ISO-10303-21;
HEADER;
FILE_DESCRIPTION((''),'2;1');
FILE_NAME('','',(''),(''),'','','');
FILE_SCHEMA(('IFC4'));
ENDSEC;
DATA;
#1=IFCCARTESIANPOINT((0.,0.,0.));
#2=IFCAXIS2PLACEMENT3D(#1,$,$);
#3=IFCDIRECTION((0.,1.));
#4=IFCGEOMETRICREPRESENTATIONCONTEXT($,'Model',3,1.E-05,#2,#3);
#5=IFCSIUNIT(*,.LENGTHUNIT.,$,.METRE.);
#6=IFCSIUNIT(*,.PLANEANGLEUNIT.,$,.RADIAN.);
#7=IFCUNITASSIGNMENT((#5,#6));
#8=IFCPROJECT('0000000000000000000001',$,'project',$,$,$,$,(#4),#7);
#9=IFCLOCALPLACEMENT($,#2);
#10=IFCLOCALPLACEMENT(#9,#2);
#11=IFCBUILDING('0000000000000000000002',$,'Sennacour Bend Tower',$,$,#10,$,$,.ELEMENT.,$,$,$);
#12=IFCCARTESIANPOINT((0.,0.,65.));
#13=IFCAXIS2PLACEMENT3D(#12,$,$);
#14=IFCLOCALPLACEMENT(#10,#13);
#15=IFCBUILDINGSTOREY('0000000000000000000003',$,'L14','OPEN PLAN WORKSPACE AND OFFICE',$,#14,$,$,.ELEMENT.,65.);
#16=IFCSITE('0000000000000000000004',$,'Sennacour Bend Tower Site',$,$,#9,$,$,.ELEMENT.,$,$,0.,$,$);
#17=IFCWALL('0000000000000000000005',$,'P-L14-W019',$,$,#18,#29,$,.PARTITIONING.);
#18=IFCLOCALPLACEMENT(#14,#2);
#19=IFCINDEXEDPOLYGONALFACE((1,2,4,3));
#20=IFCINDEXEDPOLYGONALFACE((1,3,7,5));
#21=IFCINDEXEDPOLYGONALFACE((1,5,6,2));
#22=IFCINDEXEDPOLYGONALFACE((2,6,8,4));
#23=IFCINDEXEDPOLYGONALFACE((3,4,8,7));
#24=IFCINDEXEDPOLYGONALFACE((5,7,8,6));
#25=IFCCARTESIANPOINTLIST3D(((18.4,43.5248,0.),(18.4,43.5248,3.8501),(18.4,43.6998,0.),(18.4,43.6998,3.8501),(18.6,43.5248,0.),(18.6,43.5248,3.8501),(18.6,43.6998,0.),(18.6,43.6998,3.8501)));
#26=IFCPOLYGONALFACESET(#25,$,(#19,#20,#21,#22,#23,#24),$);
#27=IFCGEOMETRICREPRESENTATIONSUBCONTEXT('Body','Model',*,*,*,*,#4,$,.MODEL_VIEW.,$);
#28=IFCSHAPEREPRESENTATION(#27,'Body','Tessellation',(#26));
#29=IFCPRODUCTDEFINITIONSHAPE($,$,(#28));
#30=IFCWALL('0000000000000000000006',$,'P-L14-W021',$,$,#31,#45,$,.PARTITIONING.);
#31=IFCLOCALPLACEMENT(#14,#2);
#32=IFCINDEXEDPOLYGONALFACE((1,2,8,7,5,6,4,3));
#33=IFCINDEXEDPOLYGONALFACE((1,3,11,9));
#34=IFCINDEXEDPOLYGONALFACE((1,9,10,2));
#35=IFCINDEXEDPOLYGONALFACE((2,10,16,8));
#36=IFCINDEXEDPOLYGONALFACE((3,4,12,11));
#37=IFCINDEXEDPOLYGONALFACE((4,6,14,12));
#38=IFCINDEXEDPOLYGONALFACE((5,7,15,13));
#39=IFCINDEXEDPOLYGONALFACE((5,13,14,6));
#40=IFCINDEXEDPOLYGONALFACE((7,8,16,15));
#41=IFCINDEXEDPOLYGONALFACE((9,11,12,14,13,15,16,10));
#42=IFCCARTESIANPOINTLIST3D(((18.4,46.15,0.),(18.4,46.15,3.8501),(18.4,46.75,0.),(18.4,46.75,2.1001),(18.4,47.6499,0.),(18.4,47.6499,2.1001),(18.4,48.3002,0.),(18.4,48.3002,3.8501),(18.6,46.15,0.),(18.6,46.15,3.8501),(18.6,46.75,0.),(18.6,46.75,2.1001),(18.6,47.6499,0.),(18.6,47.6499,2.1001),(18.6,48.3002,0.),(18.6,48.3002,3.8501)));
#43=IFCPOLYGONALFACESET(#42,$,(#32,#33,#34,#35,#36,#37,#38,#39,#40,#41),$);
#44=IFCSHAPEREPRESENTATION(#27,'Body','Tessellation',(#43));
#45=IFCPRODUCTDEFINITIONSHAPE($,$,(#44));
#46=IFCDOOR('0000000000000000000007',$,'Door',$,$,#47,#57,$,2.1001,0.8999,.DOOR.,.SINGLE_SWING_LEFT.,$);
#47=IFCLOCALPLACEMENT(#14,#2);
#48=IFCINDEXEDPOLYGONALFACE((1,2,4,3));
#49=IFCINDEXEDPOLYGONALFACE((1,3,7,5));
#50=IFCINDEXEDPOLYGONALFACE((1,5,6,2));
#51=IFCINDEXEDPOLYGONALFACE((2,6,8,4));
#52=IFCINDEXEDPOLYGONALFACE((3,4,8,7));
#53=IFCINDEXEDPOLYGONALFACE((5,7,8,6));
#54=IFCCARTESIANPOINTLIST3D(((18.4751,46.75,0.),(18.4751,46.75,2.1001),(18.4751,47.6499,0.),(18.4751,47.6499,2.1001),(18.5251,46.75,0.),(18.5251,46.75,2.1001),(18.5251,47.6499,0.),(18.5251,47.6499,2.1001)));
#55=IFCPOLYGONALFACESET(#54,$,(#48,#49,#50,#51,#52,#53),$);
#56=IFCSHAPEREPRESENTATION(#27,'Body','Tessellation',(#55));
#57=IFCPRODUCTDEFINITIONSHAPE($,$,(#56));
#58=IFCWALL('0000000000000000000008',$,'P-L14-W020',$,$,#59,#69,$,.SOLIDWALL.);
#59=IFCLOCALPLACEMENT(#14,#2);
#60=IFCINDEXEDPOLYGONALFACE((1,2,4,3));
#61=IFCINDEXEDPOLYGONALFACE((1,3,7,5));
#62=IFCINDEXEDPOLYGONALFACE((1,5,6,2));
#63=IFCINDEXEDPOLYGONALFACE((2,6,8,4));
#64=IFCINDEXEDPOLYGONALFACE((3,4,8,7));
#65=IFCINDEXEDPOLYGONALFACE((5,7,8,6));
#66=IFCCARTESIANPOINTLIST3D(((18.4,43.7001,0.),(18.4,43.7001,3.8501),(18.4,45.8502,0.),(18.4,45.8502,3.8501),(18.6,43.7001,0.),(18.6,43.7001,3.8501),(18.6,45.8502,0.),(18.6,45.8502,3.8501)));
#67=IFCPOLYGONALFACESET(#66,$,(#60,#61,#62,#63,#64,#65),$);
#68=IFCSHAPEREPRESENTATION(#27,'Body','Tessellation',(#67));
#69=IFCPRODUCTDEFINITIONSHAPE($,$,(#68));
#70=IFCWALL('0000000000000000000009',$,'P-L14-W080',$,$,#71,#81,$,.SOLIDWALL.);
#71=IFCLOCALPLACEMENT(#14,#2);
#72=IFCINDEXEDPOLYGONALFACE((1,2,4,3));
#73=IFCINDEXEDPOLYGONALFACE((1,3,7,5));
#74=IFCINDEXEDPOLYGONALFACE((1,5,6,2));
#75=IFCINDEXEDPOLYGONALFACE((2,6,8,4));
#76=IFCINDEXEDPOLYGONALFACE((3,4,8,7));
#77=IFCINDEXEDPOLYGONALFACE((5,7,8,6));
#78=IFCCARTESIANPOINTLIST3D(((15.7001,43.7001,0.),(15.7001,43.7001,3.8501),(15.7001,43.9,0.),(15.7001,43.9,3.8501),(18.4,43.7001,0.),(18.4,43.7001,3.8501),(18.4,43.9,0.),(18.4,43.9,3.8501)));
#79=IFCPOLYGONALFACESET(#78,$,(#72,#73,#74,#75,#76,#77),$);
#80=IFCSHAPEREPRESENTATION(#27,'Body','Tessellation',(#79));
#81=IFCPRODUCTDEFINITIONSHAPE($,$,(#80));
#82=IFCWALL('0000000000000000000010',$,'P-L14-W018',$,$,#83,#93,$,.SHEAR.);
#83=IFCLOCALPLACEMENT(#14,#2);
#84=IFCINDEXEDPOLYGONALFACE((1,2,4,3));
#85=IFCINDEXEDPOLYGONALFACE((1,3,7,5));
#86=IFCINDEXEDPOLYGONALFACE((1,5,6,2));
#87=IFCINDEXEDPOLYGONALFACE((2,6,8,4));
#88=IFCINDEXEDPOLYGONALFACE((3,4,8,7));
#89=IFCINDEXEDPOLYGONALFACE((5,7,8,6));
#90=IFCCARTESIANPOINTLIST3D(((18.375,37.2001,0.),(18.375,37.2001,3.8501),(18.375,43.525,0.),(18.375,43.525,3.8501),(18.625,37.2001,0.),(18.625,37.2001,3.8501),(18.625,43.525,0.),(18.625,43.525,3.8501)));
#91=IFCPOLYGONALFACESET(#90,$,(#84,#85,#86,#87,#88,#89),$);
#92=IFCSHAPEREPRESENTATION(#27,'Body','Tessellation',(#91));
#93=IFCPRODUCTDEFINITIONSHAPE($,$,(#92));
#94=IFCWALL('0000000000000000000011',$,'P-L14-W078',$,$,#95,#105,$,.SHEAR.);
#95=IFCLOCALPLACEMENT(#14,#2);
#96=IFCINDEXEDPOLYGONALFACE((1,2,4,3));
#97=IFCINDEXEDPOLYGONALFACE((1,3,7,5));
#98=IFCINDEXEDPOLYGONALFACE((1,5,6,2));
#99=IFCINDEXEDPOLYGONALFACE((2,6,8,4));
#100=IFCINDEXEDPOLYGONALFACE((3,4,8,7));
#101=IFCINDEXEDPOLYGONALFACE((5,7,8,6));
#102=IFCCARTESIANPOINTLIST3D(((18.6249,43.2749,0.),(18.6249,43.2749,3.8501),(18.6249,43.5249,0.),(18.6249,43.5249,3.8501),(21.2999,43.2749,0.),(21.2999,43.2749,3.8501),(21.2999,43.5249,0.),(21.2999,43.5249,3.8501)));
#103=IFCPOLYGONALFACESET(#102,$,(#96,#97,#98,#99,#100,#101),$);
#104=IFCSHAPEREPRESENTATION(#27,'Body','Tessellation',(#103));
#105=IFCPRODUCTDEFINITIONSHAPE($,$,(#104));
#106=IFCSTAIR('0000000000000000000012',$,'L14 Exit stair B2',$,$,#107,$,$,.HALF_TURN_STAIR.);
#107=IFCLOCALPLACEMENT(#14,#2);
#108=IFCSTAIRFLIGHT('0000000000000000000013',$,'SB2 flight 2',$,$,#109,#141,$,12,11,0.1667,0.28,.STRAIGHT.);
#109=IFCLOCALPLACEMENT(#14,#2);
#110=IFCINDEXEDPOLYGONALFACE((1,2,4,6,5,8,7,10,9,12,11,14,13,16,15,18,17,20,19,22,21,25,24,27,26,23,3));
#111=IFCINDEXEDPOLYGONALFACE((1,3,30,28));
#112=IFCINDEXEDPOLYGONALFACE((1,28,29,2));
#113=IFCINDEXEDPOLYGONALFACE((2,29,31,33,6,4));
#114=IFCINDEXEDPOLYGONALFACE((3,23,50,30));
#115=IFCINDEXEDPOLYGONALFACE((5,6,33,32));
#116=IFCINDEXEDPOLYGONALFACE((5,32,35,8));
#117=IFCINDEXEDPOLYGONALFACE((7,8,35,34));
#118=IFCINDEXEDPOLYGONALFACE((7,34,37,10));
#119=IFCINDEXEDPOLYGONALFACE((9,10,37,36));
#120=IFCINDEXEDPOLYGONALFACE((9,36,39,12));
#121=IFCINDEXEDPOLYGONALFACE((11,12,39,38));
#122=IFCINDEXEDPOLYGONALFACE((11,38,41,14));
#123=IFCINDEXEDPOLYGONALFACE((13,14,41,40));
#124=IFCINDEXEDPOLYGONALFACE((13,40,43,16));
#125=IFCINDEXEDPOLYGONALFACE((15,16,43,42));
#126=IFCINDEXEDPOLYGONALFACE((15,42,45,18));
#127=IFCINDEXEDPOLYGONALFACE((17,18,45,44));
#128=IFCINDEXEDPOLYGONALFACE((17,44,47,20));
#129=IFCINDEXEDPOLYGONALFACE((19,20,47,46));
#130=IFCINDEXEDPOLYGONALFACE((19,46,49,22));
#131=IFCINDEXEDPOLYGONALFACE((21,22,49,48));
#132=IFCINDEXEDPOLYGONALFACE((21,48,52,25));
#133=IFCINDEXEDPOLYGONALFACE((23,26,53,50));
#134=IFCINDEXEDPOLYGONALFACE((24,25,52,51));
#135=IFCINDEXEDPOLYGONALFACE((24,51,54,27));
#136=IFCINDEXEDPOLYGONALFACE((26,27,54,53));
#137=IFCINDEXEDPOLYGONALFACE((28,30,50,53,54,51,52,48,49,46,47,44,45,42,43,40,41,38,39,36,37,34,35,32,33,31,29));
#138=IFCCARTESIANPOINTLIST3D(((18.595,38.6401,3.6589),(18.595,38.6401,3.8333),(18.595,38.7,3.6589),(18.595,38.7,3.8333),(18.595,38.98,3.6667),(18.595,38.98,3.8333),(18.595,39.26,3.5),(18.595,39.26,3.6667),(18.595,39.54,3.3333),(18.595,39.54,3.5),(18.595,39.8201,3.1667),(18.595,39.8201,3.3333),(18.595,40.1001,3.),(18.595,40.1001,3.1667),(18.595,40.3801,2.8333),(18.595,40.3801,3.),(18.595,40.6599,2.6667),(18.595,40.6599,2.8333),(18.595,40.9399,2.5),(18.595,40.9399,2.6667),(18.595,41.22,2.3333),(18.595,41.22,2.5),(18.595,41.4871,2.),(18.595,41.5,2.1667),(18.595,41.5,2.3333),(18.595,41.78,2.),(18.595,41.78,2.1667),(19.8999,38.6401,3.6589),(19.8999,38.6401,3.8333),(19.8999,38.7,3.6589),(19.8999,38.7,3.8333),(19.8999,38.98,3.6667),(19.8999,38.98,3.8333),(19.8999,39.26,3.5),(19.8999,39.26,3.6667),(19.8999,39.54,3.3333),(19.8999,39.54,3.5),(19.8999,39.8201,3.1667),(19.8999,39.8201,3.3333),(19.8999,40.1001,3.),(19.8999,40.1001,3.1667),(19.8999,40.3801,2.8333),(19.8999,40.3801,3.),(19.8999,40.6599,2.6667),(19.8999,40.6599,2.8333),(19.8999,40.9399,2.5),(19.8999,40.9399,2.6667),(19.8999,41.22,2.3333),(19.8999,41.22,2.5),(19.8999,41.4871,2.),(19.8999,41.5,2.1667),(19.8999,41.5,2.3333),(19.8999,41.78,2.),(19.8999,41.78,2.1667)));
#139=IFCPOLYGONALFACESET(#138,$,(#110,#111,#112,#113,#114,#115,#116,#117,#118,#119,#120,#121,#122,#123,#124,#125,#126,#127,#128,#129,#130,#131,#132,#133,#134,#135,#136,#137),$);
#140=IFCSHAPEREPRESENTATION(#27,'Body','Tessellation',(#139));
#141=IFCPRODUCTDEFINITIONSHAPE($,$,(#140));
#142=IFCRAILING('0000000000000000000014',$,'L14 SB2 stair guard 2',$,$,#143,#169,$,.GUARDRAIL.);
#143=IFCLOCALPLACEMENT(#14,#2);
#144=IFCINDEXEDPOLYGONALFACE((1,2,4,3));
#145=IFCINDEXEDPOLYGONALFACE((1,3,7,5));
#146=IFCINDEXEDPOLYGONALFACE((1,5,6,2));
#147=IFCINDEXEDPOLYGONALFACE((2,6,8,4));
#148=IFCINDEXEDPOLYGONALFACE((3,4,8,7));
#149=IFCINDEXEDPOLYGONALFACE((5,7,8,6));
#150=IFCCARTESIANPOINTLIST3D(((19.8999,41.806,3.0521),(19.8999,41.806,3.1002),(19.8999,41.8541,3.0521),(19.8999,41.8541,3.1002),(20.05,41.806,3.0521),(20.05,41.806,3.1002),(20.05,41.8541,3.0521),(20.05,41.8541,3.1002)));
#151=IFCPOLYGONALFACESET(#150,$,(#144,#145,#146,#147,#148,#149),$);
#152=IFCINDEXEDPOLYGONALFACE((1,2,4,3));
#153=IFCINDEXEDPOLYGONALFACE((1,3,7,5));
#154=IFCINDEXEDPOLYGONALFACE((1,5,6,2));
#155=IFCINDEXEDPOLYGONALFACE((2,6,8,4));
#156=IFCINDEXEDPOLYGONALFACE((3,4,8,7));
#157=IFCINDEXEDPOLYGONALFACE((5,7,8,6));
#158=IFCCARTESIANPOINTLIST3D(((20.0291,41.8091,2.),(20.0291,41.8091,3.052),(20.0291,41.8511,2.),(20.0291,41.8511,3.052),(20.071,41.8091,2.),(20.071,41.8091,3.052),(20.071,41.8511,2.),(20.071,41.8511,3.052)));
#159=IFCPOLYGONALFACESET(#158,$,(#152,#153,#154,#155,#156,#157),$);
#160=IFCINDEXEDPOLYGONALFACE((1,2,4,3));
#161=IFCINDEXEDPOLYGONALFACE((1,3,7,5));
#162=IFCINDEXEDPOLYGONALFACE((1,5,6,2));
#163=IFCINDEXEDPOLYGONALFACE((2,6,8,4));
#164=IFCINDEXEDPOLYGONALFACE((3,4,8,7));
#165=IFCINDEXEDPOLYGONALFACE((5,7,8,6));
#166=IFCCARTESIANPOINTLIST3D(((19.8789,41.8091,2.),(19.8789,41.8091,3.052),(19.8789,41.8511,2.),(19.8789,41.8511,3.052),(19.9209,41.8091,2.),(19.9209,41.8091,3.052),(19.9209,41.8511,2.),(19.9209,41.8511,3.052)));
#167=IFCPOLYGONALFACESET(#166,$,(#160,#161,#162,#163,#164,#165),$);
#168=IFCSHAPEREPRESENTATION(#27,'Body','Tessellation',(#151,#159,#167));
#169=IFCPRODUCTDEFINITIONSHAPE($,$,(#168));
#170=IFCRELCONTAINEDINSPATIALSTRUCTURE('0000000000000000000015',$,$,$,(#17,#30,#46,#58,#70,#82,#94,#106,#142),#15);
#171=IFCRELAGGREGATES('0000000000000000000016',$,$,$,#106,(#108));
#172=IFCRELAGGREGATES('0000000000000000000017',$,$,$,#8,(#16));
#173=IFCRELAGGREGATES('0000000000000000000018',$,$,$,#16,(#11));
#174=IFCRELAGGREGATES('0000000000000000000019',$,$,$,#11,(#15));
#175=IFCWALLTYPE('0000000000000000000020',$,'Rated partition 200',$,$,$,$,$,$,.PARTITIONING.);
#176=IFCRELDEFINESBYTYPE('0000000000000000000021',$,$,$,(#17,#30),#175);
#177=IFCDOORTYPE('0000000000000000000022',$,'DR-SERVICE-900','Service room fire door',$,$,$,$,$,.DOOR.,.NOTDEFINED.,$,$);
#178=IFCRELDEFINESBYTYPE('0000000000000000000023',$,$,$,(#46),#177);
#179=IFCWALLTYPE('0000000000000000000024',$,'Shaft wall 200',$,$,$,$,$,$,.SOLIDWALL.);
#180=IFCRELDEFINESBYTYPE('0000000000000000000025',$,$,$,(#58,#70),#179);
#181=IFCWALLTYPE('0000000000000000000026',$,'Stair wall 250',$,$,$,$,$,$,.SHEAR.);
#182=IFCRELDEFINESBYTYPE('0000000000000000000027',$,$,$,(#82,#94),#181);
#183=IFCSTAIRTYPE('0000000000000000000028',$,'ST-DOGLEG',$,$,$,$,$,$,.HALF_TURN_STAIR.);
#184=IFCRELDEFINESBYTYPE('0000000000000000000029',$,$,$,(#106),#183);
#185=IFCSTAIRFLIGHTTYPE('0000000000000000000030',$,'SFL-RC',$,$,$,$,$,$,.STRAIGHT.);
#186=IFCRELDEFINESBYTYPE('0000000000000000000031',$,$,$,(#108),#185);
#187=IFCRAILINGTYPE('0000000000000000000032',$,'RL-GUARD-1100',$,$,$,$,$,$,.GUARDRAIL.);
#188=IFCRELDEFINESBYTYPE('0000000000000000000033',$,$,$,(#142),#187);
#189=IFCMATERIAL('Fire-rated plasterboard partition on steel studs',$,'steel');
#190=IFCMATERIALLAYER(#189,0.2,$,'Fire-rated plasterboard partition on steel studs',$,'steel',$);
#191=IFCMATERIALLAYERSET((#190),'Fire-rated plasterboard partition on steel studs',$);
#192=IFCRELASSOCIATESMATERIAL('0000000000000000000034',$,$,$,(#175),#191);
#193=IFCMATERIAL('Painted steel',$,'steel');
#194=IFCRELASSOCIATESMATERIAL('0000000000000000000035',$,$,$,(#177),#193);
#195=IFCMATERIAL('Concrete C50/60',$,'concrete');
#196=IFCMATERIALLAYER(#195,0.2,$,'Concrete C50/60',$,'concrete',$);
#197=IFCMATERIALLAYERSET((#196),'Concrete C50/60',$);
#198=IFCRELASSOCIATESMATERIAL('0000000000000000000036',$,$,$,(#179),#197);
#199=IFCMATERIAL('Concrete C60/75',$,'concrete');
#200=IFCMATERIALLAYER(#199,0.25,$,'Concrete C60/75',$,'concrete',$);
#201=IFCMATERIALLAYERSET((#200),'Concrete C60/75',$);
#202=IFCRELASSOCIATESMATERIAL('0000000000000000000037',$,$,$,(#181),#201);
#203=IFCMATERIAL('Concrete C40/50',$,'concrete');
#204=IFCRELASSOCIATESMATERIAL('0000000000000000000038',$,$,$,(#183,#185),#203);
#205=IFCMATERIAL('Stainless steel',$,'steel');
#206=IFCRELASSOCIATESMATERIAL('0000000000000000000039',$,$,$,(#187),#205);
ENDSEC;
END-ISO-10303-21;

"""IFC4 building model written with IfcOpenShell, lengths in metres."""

from ifc_helpers import new_model, si_unit, direction, frame, frame_2d, origin, origin_2d, place, context, subcontext, project, spatial, polyline, rectangle, outline, extrude, material, layer, layer_set, type_object, element, fill, aggregate, save


model = new_model("IFC4")

# Units and contexts
model_context = context("Model", 3, precision=1e-05, world=origin(), true_north=direction((0.0, 1.0)))
body_context = subcontext(model_context, "Body", "Model", "MODEL_VIEW")
ifc_project = project(units=[si_unit("LENGTHUNIT", "METRE"), si_unit("PLANEANGLEUNIT", "RADIAN")], contexts=[model_context])

# Site, building, storey
site_placement = place(None, origin())
site = spatial("IfcSite", under=ifc_project, at=site_placement, Name="Sennacour Bend Tower Site", CompositionType="ELEMENT", RefElevation=0.0)
building_placement = place(site_placement, origin())
building = spatial("IfcBuilding", under=site, at=building_placement, Name="Sennacour Bend Tower", CompositionType="ELEMENT")
storey_placement = place(building_placement, frame((0.0, 0.0, 65.0)))
storey = spatial("IfcBuildingStorey", under=building, at=storey_placement, Name="L14", Description="OPEN PLAN WORKSPACE AND OFFICE", CompositionType="ELEMENT", Elevation=65.0)

# Wall
ifc_material_1 = material(Name="Fire-rated plasterboard partition on steel studs", Category="steel")
ifc_layer_1 = layer(ifc_material_1, 0.2, Name="Fire-rated plasterboard partition on steel studs", Category="steel")
ifc_layer_set_1 = layer_set([ifc_layer_1], Name="Fire-rated plasterboard partition on steel studs")
wall_type_1 = type_object("IfcWallType", Name="Rated partition 200", PredefinedType="PARTITIONING", material=ifc_layer_set_1)
wall_1_placement = place(storey_placement, frame((18.5, 43.5249, 0.0), z_axis=(0.0, 0.0, 1.0), x_axis=(0.0, 1.0, 0.0)))
element("IfcWall", 1, at=wall_1_placement, inside=storey, type_object=wall_type_1, Name="P-L14-W019", PredefinedType="PARTITIONING", context=body_context, shape_type="SweptSolid", body=[
    extrude(rectangle(XDim=0.175, YDim=0.2, at=frame_2d((0.0874, 0.0))), origin(), (0.0, 0.0, 1.0), 3.8501),
])

# Wall, opening, door
wall_2_placement = place(storey_placement, frame((18.5, 46.1499, 0.0), z_axis=(0.0, 0.0, 1.0), x_axis=(0.0, 1.0, 0.0)))
wall_2 = element("IfcWall", 2, at=wall_2_placement, inside=storey, type_object=wall_type_1, Name="P-L14-W021", PredefinedType="PARTITIONING", context=body_context, shape_type="SweptSolid", body=[
    extrude(rectangle(XDim=2.1501, YDim=0.2, at=frame_2d((1.0752, 0.0))), origin(), (0.0, 0.0, 1.0), 3.8501),
])
opening_placement = place(wall_2_placement, frame((0.6001, 0.0, 0.0)))
opening = element("IfcOpeningElement", 3, at=opening_placement, cuts=wall_2, PredefinedType="OPENING", context=body_context, shape_type="SweptSolid", body=[
    extrude(rectangle(XDim=0.8999, YDim=2.1001, at=frame_2d((0.45, 1.05))), frame((0.0, 0.1099, 0.0), z_axis=(0.0, -1.0, 0.0), x_axis=(1.0, 0.0, 0.0)), (0.0, 0.0, 1.0), 0.22),
])
ifc_material_2 = material(Name="Painted steel", Category="steel")
door_type = type_object("IfcDoorType", Name="DR-SERVICE-900", Description="Service room fire door", OperationType="NOTDEFINED", PredefinedType="DOOR", material=ifc_material_2)
door_placement = place(opening_placement, origin())
door = element("IfcDoor", 4, at=door_placement, inside=storey, type_object=door_type, Name="Door", OperationType="SINGLE_SWING_LEFT", OverallHeight=2.1001, OverallWidth=0.8999, PredefinedType="DOOR", context=body_context, shape_type="SweptSolid", body=[
    extrude(rectangle(XDim=0.8999, YDim=2.1001, at=frame_2d((0.45, 1.05))), frame((0.0, 0.0249, 0.0), z_axis=(0.0, -1.0, 0.0), x_axis=(1.0, 0.0, 0.0)), (0.0, 0.0, 1.0), 0.05),
])
fill(opening, door)

# Walls
ifc_material_3 = material(Name="Concrete C50/60", Category="concrete")
ifc_layer_2 = layer(ifc_material_3, 0.2, Name="Concrete C50/60", Category="concrete")
ifc_layer_set_2 = layer_set([ifc_layer_2], Name="Concrete C50/60")
wall_type_2 = type_object("IfcWallType", Name="Shaft wall 200", PredefinedType="SOLIDWALL", material=ifc_layer_set_2)
wall_3_placement = place(storey_placement, frame((18.5, 43.7, 0.0), z_axis=(0.0, 0.0, 1.0), x_axis=(0.0, 1.0, 0.0)))
element("IfcWall", 5, at=wall_3_placement, inside=storey, type_object=wall_type_2, Name="P-L14-W020", PredefinedType="SOLIDWALL", context=body_context, shape_type="SweptSolid", body=[
    extrude(rectangle(XDim=2.1501, YDim=0.2, at=frame_2d((1.0752, 0.0))), origin(), (0.0, 0.0, 1.0), 3.8501),
])
wall_4_placement = place(storey_placement, frame((15.7, 43.8, 0.0), z_axis=(0.0, 0.0, 1.0), x_axis=(1.0, 0.0, 0.0)))
element("IfcWall", 6, at=wall_4_placement, inside=storey, type_object=wall_type_2, Name="P-L14-W080", PredefinedType="SOLIDWALL", context=body_context, shape_type="SweptSolid", body=[
    extrude(rectangle(XDim=2.7, YDim=0.2, at=frame_2d((1.3501, 0.0))), origin(), (0.0, 0.0, 1.0), 3.8501),
])
ifc_material_4 = material(Name="Concrete C60/75", Category="concrete")
ifc_layer_3 = layer(ifc_material_4, 0.25, Name="Concrete C60/75", Category="concrete")
ifc_layer_set_3 = layer_set([ifc_layer_3], Name="Concrete C60/75")
wall_type_3 = type_object("IfcWallType", Name="Stair wall 250", PredefinedType="SHEAR", material=ifc_layer_set_3)
wall_5_placement = place(storey_placement, frame((18.5, 37.2, 0.0), z_axis=(0.0, 0.0, 1.0), x_axis=(0.0, 1.0, 0.0)))
element("IfcWall", 7, at=wall_5_placement, inside=storey, type_object=wall_type_3, Name="P-L14-W018", PredefinedType="SHEAR", context=body_context, shape_type="SweptSolid", body=[
    extrude(rectangle(XDim=6.325, YDim=0.25, at=frame_2d((3.1626, 0.0))), origin(), (0.0, 0.0, 1.0), 3.8501),
])
wall_6_placement = place(storey_placement, frame((18.625, 43.3999, 0.0), z_axis=(0.0, 0.0, 1.0), x_axis=(1.0, 0.0, 0.0)))
element("IfcWall", 8, at=wall_6_placement, inside=storey, type_object=wall_type_3, Name="P-L14-W078", PredefinedType="SHEAR", context=body_context, shape_type="SweptSolid", body=[
    extrude(rectangle(XDim=2.675, YDim=0.25, at=frame_2d((1.3374, 0.0))), origin(), (0.0, 0.0, 1.0), 3.8501),
])

# Stair, stair flight
ifc_material_5 = material(Name="Concrete C40/50", Category="concrete")
stair_type = type_object("IfcStairType", Name="ST-DOGLEG", PredefinedType="HALF_TURN_STAIR", material=ifc_material_5)
stair_placement = place(storey_placement, origin())
stair = element("IfcStair", 9, at=stair_placement, inside=storey, type_object=stair_type, Name="L14 Exit stair B2", PredefinedType="HALF_TURN_STAIR")
stair_flight_type = type_object("IfcStairFlightType", Name="SFL-RC", PredefinedType="STRAIGHT", material=ifc_material_5)
stair_flight_placement = place(storey_placement, frame((19.2476, 41.78, 2.0), z_axis=(0.0, 0.0, 1.0), x_axis=(0.0, -1.0, 0.0)))
stair_flight = element("IfcStairFlight", 10, at=stair_flight_placement, type_object=stair_flight_type, Name="SB2 flight 2", NumberOfRisers=12, NumberOfTreads=11, PredefinedType="STRAIGHT", RiserHeight=0.1667, TreadLength=0.28, context=body_context, shape_type="SweptSolid", body=[
    extrude(outline(polyline([(0.0, 0.0), (0.0, 0.1667), (0.28, 0.1667), (0.28, 0.3333), (0.5601, 0.3333), (0.5601, 0.5), (0.8401, 0.5), (0.8401, 0.6667), (1.1201, 0.6667), (1.1201, 0.8333), (1.3999, 0.8333), (1.3999, 1.0), (1.6799, 1.0), (1.6799, 1.1667), (1.96, 1.1667), (1.96, 1.3333), (2.24, 1.3333), (2.24, 1.5), (2.52, 1.5), (2.52, 1.6667), (2.8, 1.6667), (2.8, 1.8333), (3.0801, 1.8333), (3.1399, 1.8333), (3.1399, 1.6589), (3.0801, 1.6589), (0.293, 0.0), (0.0, 0.0)])), frame((0.0, 0.6523, 0.0), z_axis=(0.0, -1.0, 0.0), x_axis=(1.0, 0.0, 0.0)), (0.0, 0.0, 1.0), 1.3049),
])
aggregate(stair, [stair_flight])

# Railing
ifc_material_6 = material(Name="Stainless steel", Category="steel")
railing_type_1 = type_object("IfcRailingType", Name="RL-GUARD-1100", PredefinedType="GUARDRAIL", material=ifc_material_6)
railing_1_placement = place(storey_placement, frame((20.05, 41.8301, 2.0)))
element("IfcRailing", 11, at=railing_1_placement, inside=storey, type_object=railing_type_1, Name="L14 SB2 stair guard 2", PredefinedType="GUARDRAIL", context=body_context, shape_type="SweptSolid", body=[
    extrude(rectangle(XDim=0.0481, YDim=0.0481, at=origin_2d()), frame((0.0, 0.0, 1.0762), z_axis=(-1.0, 0.0, 0.0), x_axis=(0.0, -1.0, 0.0)), (0.0, 0.0, 1.0), 0.1501),
    extrude(rectangle(XDim=0.042, YDim=0.042, at=origin_2d()), origin(), (0.0, 0.0, 1.0), 1.052),
    extrude(rectangle(XDim=0.042, YDim=0.042, at=origin_2d()), frame((-0.1501, 0.0, 0.0)), (0.0, 0.0, 1.0), 1.052),
])

save(model, "model.ifc")
